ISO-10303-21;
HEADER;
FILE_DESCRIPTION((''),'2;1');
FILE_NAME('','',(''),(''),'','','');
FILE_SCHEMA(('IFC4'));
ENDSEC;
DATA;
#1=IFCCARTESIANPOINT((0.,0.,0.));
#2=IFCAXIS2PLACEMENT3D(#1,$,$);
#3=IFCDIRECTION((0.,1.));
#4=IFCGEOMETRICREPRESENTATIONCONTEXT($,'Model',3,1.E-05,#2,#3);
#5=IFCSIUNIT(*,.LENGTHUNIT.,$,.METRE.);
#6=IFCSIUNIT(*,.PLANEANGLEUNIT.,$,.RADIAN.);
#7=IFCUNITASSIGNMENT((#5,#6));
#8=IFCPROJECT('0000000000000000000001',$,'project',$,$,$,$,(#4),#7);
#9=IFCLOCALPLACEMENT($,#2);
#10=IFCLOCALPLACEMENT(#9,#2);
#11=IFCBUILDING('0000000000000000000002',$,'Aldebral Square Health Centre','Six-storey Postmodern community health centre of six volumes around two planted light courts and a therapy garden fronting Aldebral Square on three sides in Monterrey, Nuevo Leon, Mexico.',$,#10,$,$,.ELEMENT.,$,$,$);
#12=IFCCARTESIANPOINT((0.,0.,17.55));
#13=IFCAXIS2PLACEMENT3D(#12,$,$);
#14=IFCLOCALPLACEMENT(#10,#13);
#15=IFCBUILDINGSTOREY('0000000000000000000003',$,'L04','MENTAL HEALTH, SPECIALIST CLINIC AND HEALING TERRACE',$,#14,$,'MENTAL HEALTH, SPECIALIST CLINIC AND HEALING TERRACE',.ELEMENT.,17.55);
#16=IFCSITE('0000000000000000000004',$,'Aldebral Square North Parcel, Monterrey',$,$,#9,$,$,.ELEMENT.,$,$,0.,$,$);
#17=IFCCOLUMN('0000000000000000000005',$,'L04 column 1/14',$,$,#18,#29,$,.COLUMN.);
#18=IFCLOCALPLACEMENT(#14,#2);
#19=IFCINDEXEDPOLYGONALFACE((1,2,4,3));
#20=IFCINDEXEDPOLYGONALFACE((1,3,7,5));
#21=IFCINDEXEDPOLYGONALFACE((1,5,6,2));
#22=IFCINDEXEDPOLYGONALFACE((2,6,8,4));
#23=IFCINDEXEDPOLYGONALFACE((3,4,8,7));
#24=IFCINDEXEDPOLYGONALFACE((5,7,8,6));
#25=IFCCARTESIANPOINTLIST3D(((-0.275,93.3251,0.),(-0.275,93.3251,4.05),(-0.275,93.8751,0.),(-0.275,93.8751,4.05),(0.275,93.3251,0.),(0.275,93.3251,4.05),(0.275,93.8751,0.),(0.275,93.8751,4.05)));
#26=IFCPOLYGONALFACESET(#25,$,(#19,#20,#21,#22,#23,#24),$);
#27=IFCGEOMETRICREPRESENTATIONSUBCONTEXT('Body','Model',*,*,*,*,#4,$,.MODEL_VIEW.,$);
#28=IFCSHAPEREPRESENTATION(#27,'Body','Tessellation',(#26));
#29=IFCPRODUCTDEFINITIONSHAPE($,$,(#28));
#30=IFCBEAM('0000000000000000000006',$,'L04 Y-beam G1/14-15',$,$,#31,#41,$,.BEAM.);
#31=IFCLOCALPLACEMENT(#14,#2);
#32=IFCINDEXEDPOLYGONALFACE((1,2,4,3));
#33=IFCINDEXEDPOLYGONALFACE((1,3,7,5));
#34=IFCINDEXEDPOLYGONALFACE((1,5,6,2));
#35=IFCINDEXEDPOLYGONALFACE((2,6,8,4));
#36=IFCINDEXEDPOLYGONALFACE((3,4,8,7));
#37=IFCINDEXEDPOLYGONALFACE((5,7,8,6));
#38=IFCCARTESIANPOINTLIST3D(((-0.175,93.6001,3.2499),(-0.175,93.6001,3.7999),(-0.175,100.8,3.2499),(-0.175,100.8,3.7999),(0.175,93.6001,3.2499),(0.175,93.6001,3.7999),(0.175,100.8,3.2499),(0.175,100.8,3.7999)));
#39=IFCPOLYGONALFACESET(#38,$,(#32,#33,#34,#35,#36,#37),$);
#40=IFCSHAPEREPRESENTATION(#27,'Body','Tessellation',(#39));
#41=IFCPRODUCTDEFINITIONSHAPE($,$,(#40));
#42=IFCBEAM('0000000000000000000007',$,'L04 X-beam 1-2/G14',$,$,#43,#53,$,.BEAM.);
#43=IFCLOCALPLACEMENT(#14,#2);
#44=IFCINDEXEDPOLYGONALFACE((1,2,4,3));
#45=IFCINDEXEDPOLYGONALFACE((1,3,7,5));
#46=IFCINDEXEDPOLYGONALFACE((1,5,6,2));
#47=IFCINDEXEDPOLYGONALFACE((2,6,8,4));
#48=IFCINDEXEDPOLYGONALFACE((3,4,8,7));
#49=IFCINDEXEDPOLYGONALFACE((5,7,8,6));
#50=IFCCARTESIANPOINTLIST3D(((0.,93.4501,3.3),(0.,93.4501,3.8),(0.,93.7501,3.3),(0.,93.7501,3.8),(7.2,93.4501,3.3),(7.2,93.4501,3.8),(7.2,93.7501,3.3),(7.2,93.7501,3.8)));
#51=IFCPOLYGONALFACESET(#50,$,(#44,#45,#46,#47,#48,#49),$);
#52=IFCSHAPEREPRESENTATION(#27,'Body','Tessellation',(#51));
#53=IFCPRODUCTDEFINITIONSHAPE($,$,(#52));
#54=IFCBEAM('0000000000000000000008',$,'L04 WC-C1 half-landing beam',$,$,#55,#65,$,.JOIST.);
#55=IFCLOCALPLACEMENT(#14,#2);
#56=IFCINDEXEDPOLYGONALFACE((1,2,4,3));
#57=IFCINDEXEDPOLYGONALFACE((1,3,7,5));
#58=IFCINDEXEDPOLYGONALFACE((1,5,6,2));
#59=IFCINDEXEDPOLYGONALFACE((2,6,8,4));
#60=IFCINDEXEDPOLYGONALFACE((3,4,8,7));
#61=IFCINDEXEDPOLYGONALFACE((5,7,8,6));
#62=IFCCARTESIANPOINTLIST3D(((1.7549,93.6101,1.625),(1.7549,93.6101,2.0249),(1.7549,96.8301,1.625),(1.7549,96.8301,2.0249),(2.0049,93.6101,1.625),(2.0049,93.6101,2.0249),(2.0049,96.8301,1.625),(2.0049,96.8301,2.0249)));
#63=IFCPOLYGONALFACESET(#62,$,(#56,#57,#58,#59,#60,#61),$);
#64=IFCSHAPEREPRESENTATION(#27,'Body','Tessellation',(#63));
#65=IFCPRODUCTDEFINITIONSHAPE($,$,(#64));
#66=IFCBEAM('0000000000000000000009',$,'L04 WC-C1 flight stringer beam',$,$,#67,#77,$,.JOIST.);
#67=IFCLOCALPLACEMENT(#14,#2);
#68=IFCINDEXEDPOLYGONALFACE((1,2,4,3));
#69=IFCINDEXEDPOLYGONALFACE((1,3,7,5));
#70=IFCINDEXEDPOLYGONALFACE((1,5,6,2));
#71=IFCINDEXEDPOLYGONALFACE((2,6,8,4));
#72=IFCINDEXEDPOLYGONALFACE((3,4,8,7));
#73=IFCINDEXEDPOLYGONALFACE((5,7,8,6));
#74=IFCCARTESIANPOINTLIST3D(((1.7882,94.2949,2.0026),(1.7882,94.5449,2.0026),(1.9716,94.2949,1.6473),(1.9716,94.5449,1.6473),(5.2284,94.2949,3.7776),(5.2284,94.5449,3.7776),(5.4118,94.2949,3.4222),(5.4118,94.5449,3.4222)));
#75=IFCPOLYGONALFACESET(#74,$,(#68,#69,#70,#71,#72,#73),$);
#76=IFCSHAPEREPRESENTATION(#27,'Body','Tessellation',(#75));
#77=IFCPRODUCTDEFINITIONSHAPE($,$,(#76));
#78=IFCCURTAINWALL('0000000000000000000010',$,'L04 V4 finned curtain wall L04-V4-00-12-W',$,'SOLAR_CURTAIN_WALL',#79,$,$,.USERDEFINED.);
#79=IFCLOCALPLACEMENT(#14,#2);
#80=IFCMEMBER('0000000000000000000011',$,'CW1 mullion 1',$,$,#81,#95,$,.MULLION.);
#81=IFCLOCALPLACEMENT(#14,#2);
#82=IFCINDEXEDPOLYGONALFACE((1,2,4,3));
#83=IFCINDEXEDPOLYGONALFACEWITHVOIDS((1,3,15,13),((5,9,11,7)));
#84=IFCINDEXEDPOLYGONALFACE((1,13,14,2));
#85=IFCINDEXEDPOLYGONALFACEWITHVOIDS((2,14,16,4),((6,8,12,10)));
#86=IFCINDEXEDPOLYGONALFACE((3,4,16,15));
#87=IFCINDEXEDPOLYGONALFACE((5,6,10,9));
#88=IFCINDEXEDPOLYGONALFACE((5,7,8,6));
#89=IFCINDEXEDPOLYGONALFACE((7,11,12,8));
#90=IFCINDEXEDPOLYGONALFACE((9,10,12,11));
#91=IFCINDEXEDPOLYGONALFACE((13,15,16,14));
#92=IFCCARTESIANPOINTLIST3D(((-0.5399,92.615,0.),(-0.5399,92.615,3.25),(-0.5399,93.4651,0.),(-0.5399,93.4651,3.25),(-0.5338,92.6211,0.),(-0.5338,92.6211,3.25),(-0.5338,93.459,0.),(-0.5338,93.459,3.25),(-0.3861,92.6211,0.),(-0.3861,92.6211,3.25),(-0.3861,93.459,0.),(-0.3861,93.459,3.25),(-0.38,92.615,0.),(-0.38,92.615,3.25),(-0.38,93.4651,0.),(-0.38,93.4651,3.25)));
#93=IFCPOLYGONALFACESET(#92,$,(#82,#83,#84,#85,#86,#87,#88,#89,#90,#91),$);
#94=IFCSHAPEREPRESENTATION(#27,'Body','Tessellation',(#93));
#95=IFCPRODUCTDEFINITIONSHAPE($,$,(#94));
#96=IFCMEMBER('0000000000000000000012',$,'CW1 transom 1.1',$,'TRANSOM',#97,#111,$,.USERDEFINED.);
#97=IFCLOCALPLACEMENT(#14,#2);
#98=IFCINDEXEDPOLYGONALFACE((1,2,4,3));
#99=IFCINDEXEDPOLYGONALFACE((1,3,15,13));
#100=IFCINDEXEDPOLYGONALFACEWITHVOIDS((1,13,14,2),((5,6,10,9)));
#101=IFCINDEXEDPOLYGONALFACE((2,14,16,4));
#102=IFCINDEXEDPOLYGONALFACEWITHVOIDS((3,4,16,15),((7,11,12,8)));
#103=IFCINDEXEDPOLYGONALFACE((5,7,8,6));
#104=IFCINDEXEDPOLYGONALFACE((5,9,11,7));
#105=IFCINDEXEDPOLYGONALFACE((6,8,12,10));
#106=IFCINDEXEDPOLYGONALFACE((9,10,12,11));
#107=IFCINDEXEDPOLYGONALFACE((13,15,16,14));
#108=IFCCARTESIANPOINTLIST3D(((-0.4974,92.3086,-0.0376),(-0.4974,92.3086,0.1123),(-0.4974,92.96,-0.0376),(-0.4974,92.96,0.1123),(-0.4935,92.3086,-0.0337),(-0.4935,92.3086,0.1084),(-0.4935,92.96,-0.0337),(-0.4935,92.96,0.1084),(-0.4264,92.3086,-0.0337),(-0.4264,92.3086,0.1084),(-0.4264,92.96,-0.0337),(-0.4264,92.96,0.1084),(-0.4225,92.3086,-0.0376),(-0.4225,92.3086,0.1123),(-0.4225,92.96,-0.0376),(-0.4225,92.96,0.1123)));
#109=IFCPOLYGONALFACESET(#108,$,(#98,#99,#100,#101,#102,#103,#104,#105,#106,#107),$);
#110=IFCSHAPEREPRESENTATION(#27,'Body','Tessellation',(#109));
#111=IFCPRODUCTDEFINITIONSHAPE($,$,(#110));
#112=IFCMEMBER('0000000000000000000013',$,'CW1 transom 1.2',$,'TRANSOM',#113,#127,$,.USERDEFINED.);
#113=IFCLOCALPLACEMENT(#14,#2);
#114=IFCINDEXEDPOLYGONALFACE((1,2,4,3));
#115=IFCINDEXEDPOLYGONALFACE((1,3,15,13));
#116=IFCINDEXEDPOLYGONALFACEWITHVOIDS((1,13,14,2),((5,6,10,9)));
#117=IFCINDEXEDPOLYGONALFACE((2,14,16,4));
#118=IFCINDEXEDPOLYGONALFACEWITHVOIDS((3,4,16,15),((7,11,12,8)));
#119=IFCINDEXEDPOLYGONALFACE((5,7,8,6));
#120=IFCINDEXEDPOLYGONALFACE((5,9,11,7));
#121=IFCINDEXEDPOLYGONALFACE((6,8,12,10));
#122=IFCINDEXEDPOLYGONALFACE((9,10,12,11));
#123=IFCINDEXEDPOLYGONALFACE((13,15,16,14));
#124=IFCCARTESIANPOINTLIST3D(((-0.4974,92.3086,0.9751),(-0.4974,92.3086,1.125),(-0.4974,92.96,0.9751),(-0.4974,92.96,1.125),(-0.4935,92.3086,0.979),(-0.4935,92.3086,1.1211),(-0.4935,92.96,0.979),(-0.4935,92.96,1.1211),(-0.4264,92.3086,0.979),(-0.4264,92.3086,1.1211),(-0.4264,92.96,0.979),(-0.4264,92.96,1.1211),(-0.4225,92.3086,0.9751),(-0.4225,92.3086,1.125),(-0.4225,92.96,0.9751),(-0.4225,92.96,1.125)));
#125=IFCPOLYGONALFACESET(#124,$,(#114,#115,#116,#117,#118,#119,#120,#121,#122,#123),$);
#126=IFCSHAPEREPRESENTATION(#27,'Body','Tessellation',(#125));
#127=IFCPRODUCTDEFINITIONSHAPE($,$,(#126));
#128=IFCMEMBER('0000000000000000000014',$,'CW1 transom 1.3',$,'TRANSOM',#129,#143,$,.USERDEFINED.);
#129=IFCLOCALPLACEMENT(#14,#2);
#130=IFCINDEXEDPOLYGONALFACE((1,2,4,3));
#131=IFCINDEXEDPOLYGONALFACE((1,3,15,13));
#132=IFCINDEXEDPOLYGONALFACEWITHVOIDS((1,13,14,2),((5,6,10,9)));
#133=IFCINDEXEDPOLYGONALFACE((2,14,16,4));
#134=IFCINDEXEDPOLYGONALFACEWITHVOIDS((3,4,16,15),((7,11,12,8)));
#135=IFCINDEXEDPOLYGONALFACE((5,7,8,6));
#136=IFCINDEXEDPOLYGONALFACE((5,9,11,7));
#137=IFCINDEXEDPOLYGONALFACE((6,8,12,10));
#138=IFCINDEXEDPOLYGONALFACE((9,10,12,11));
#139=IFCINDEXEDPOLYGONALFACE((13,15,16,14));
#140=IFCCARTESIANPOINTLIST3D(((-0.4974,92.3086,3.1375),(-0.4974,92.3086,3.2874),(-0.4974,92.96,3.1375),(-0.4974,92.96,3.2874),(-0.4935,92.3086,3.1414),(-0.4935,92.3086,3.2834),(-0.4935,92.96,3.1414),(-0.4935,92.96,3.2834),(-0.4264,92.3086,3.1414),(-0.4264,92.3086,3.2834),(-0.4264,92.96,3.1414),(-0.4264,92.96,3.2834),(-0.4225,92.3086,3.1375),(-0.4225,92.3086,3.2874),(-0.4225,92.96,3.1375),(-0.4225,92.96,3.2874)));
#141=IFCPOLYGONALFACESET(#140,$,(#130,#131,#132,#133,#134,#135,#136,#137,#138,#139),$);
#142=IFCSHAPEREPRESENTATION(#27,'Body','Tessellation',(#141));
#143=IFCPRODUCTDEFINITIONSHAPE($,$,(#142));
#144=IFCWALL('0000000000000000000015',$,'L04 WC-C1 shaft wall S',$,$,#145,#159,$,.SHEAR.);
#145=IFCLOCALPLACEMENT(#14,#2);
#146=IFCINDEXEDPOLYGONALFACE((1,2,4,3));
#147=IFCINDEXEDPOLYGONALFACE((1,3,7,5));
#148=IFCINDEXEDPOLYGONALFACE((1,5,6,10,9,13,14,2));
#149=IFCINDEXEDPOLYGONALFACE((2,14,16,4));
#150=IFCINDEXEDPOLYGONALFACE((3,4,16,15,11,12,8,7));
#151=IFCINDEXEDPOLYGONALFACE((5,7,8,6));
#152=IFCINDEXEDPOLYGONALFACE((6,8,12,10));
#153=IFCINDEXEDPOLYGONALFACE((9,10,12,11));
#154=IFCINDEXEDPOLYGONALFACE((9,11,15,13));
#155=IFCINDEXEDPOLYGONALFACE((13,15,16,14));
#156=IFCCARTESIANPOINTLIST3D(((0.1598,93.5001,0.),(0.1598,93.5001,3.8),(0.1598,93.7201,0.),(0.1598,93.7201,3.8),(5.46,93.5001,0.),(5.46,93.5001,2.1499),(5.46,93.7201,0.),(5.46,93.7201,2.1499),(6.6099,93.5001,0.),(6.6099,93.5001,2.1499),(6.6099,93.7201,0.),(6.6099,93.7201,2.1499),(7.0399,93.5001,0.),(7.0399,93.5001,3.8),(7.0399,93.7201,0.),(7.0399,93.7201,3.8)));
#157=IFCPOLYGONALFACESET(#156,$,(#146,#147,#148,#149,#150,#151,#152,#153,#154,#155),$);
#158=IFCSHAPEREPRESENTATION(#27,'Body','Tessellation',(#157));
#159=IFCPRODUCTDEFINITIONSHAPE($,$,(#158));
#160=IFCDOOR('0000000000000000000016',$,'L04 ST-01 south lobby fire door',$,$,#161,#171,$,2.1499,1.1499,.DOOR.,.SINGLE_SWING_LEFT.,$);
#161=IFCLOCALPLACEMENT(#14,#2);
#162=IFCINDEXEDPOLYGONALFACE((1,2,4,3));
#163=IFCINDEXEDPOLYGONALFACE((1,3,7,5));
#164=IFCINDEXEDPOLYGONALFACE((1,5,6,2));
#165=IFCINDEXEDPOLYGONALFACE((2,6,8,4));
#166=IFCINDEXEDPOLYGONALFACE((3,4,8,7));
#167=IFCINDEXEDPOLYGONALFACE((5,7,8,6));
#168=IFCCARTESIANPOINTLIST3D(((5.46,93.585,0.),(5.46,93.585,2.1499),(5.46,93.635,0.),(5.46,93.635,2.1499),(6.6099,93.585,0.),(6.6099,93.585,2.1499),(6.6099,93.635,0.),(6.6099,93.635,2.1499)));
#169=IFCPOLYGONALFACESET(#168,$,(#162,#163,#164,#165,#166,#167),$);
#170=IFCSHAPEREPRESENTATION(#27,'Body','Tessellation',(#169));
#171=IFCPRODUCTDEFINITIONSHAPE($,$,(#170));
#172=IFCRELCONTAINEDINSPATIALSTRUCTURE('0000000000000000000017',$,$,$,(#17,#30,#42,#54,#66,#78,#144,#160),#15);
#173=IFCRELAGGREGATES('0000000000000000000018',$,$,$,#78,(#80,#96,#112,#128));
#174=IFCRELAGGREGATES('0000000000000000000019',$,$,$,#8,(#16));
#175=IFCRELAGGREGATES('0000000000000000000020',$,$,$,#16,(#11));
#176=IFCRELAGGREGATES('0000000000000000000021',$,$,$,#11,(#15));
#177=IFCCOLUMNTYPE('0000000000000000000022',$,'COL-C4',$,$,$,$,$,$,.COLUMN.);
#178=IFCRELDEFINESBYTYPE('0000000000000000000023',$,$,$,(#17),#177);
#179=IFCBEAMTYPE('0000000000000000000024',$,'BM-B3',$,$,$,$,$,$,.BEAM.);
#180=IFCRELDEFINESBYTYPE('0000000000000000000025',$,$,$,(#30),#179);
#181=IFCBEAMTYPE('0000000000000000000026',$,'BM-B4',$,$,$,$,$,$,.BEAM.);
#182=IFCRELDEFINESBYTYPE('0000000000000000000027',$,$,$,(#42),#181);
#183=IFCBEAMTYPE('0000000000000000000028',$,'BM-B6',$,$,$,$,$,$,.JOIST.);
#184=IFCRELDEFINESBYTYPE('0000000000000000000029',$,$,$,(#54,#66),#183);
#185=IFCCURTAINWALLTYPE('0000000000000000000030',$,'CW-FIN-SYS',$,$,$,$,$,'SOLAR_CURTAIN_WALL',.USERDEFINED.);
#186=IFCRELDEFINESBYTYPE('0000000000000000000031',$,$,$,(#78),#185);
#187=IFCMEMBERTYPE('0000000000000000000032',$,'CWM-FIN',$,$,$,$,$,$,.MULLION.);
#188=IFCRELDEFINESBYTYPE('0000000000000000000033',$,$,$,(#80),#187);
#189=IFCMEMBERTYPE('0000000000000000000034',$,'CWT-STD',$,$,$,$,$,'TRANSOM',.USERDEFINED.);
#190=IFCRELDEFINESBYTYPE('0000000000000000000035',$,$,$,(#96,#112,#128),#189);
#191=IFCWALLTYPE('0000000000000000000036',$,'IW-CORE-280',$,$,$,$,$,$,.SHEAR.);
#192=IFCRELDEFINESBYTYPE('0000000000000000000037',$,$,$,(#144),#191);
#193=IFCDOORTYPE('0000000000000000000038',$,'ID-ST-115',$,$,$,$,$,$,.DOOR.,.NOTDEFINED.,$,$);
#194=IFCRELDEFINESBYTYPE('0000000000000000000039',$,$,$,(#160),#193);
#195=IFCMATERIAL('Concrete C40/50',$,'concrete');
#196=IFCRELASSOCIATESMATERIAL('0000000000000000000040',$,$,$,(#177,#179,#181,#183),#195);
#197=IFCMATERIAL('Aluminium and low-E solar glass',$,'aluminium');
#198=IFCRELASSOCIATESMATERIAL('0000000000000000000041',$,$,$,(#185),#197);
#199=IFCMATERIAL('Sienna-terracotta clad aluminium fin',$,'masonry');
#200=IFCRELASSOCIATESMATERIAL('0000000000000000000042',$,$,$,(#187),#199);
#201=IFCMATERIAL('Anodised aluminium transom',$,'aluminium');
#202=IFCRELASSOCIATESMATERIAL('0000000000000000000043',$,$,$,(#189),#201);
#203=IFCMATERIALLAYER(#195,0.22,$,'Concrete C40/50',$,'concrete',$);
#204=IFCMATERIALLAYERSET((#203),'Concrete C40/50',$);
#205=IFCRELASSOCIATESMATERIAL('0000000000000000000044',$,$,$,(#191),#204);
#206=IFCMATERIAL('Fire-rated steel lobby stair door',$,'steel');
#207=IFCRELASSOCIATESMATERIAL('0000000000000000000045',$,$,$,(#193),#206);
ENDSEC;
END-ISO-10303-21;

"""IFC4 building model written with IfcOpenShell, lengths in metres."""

from ifc_helpers import new_model, si_unit, direction, frame, frame_2d, origin, origin_2d, place, context, subcontext, project, spatial, rectangle, hollow_rectangle, extrude, material, layer, layer_set, material_profile, profile_set, type_object, element, fill, aggregate, save


model = new_model("IFC4")

# Units and contexts
model_context = context("Model", 3, precision=1e-05, world=origin(), true_north=direction((0.0, 1.0)))
body_context = subcontext(model_context, "Body", "Model", "MODEL_VIEW")
ifc_project = project(units=[si_unit("LENGTHUNIT", "METRE"), si_unit("PLANEANGLEUNIT", "RADIAN")], contexts=[model_context])

# Site, building, storey
site_placement = place(None, origin())
site = spatial("IfcSite", under=ifc_project, at=site_placement, Name="Aldebral Square North Parcel, Monterrey", CompositionType="ELEMENT", RefElevation=0.0)
building_placement = place(site_placement, origin())
building = spatial("IfcBuilding", under=site, at=building_placement, Name="Aldebral Square Health Centre", Description="Six-storey Postmodern community health centre of six volumes around two planted light courts and a therapy garden fronting Aldebral Square on three sides in Monterrey, Nuevo Leon, Mexico.", CompositionType="ELEMENT")
storey_placement = place(building_placement, frame((0.0, 0.0, 17.55)))
storey = spatial("IfcBuildingStorey", under=building, at=storey_placement, Name="L04", Description="MENTAL HEALTH, SPECIALIST CLINIC AND HEALING TERRACE", LongName="MENTAL HEALTH, SPECIALIST CLINIC AND HEALING TERRACE", CompositionType="ELEMENT", Elevation=17.55)

# Column
ifc_material_1 = material(Name="Concrete C40/50", Category="concrete")
ifc_material_profile_1 = material_profile(ifc_material_1, rectangle(XDim=0.55, YDim=0.55, at=origin_2d()), Name="RC 550x550")
ifc_profile_set_1 = profile_set([ifc_material_profile_1], Name="Concrete C40/50")
column_type = type_object("IfcColumnType", Name="COL-C4", PredefinedType="COLUMN", material=ifc_profile_set_1)
column_placement = place(storey_placement, frame((0.0, 93.6001, 0.0), z_axis=(0.0, 0.0, 1.0), x_axis=(1.0, 0.0, 0.0)))
element("IfcColumn", 1, at=column_placement, inside=storey, type_object=column_type, Name="L04 column 1/14", PredefinedType="COLUMN", context=body_context, shape_type="SweptSolid", body=[
    extrude(rectangle(XDim=0.55, YDim=0.55, at=origin_2d()), origin(), (0.0, 0.0, 1.0), 4.05),
])

# Beams
ifc_material_profile_2 = material_profile(ifc_material_1, rectangle(XDim=0.3501, YDim=0.55, at=origin_2d()), Name="RC 350x550")
ifc_profile_set_2 = profile_set([ifc_material_profile_2], Name="Concrete C40/50")
beam_type_1 = type_object("IfcBeamType", Name="BM-B3", PredefinedType="BEAM", material=ifc_profile_set_2)
beam_1_placement = place(storey_placement, frame((0.0, 93.6001, 3.5249), z_axis=(0.0, 1.0, 0.0), x_axis=(-1.0, 0.0, 0.0)))
element("IfcBeam", 2, at=beam_1_placement, inside=storey, type_object=beam_type_1, Name="L04 Y-beam G1/14-15", PredefinedType="BEAM", context=body_context, shape_type="SweptSolid", body=[
    extrude(rectangle(XDim=0.3501, YDim=0.55, at=origin_2d()), origin(), (0.0, 0.0, 1.0), 7.2),
])
ifc_material_profile_3 = material_profile(ifc_material_1, rectangle(XDim=0.3, YDim=0.5, at=origin_2d()), Name="RC 300x500")
ifc_profile_set_3 = profile_set([ifc_material_profile_3], Name="Concrete C40/50")
beam_type_2 = type_object("IfcBeamType", Name="BM-B4", PredefinedType="BEAM", material=ifc_profile_set_3)
beam_2_placement = place(storey_placement, frame((0.0, 93.6001, 3.55), z_axis=(1.0, 0.0, 0.0), x_axis=(0.0, 1.0, 0.0)))
element("IfcBeam", 3, at=beam_2_placement, inside=storey, type_object=beam_type_2, Name="L04 X-beam 1-2/G14", PredefinedType="BEAM", context=body_context, shape_type="SweptSolid", body=[
    extrude(rectangle(XDim=0.3, YDim=0.5, at=origin_2d()), origin(), (0.0, 0.0, 1.0), 7.2),
])
ifc_material_profile_4 = material_profile(ifc_material_1, rectangle(XDim=0.25, YDim=0.3999, at=origin_2d()), Name="RC 250x400")
ifc_profile_set_4 = profile_set([ifc_material_profile_4], Name="Concrete C40/50")
beam_type_3 = type_object("IfcBeamType", Name="BM-B6", PredefinedType="JOIST", material=ifc_profile_set_4)
beam_3_placement = place(storey_placement, frame((1.8799, 93.6101, 1.825), z_axis=(0.0, 1.0, 0.0), x_axis=(-1.0, 0.0, 0.0)))
element("IfcBeam", 4, at=beam_3_placement, inside=storey, type_object=beam_type_3, Name="L04 WC-C1 half-landing beam", PredefinedType="JOIST", context=body_context, shape_type="SweptSolid", body=[
    extrude(rectangle(XDim=0.25, YDim=0.3999, at=origin_2d()), origin(), (0.0, 0.0, 1.0), 3.22),
])
beam_4_placement = place(storey_placement, frame((1.8799, 94.4199, 1.825), z_axis=(0.888692, 0.0, 0.458505), x_axis=(0.0, 1.0, 0.0)))
element("IfcBeam", 5, at=beam_4_placement, inside=storey, type_object=beam_type_3, Name="L04 WC-C1 flight stringer beam", PredefinedType="JOIST", context=body_context, shape_type="SweptSolid", body=[
    extrude(rectangle(XDim=0.25, YDim=0.3999, at=origin_2d()), origin(), (0.0, 0.0, 1.0), 3.8711),
])

# Curtain wall, members
ifc_material_2 = material(Name="Aluminium and low-E solar glass", Category="aluminium")
curtain_wall_type = type_object("IfcCurtainWallType", Name="CW-FIN-SYS", ElementType="SOLAR_CURTAIN_WALL", PredefinedType="USERDEFINED", material=ifc_material_2)
curtain_wall_placement = place(storey_placement, origin())
curtain_wall = element("IfcCurtainWall", 6, at=curtain_wall_placement, inside=storey, type_object=curtain_wall_type, Name="L04 V4 finned curtain wall L04-V4-00-12-W", ObjectType="SOLAR_CURTAIN_WALL", PredefinedType="USERDEFINED")
ifc_material_3 = material(Name="Sienna-terracotta clad aluminium fin", Category="masonry")
ifc_material_profile_5 = material_profile(ifc_material_3, hollow_rectangle(XDim=0.1599, YDim=0.8501, WallThickness=0.0061, at=origin_2d()), Name="FIN 160x850x6")
ifc_profile_set_5 = profile_set([ifc_material_profile_5], Name="Sienna-terracotta clad aluminium fin")
member_type_1 = type_object("IfcMemberType", Name="CWM-FIN", PredefinedType="MULLION", material=ifc_profile_set_5)
member_1_placement = place(storey_placement, frame((-0.46, 93.04, 0.0), z_axis=(0.0, 0.0, 1.0), x_axis=(1.0, 0.0, 0.0)))
member_1 = element("IfcMember", 7, at=member_1_placement, type_object=member_type_1, Name="CW1 mullion 1", PredefinedType="MULLION", context=body_context, shape_type="SweptSolid", body=[
    extrude(hollow_rectangle(XDim=0.1599, YDim=0.8501, WallThickness=0.0061, at=origin_2d()), origin(), (0.0, 0.0, 1.0), 3.25),
])
ifc_material_4 = material(Name="Anodised aluminium transom", Category="aluminium")
ifc_material_profile_6 = material_profile(ifc_material_4, hollow_rectangle(XDim=0.075, YDim=0.1499, WallThickness=0.0039, at=origin_2d()), Name="CWT 75x150x4")
ifc_profile_set_6 = profile_set([ifc_material_profile_6], Name="Anodised aluminium transom")
member_type_2 = type_object("IfcMemberType", Name="CWT-STD", ElementType="TRANSOM", PredefinedType="USERDEFINED", material=ifc_profile_set_6)
member_2_placement = place(storey_placement, frame((-0.46, 92.96, 0.0374), z_axis=(0.0, -1.0, 0.0), x_axis=(1.0, 0.0, 0.0)))
member_2 = element("IfcMember", 8, at=member_2_placement, type_object=member_type_2, Name="CW1 transom 1.1", ObjectType="TRANSOM", PredefinedType="USERDEFINED", context=body_context, shape_type="SweptSolid", body=[
    extrude(hollow_rectangle(XDim=0.075, YDim=0.1499, WallThickness=0.0039, at=origin_2d()), origin(), (0.0, 0.0, 1.0), 0.6514),
])
member_3_placement = place(storey_placement, frame((-0.46, 92.96, 1.05), z_axis=(0.0, -1.0, 0.0), x_axis=(1.0, 0.0, 0.0)))
member_3 = element("IfcMember", 9, at=member_3_placement, type_object=member_type_2, Name="CW1 transom 1.2", ObjectType="TRANSOM", PredefinedType="USERDEFINED", context=body_context, shape_type="SweptSolid", body=[
    extrude(hollow_rectangle(XDim=0.075, YDim=0.1499, WallThickness=0.0039, at=origin_2d()), origin(), (0.0, 0.0, 1.0), 0.6514),
])
member_4_placement = place(storey_placement, frame((-0.46, 92.96, 3.2124), z_axis=(0.0, -1.0, 0.0), x_axis=(1.0, 0.0, 0.0)))
member_4 = element("IfcMember", 10, at=member_4_placement, type_object=member_type_2, Name="CW1 transom 1.3", ObjectType="TRANSOM", PredefinedType="USERDEFINED", context=body_context, shape_type="SweptSolid", body=[
    extrude(hollow_rectangle(XDim=0.075, YDim=0.1499, WallThickness=0.0039, at=origin_2d()), origin(), (0.0, 0.0, 1.0), 0.6514),
])
aggregate(curtain_wall, [member_1, member_2, member_3, member_4])

# Wall, opening, door
ifc_layer_1 = layer(ifc_material_1, 0.22, Name="Concrete C40/50", Category="concrete")
ifc_layer_set_1 = layer_set([ifc_layer_1], Name="Concrete C40/50")
wall_type_1 = type_object("IfcWallType", Name="IW-CORE-280", PredefinedType="SHEAR", material=ifc_layer_set_1)
wall_1_placement = place(storey_placement, frame((0.1599, 93.6101, 0.0), z_axis=(0.0, 0.0, 1.0), x_axis=(1.0, 0.0, 0.0)))
wall_1 = element("IfcWall", 11, at=wall_1_placement, inside=storey, type_object=wall_type_1, Name="L04 WC-C1 shaft wall S", PredefinedType="SHEAR", context=body_context, shape_type="SweptSolid", body=[
    extrude(rectangle(XDim=6.8801, YDim=0.22, at=frame_2d((3.4399, 0.0))), origin(), (0.0, 0.0, 1.0), 3.8),
])
opening_1_placement = place(wall_1_placement, frame((5.3, 0.0, 0.0)))
opening_1 = element("IfcOpeningElement", 12, at=opening_1_placement, cuts=wall_1, PredefinedType="OPENING", context=body_context, shape_type="SweptSolid", body=[
    extrude(rectangle(XDim=1.1499, YDim=2.1499, at=frame_2d((0.575, 1.075))), frame((0.0, 0.1201, 0.0), z_axis=(0.0, -1.0, 0.0), x_axis=(1.0, 0.0, 0.0)), (0.0, 0.0, 1.0), 0.24),
])
ifc_material_5 = material(Name="Fire-rated steel lobby stair door", Category="steel")
door_type_1 = type_object("IfcDoorType", Name="ID-ST-115", OperationType="NOTDEFINED", PredefinedType="DOOR", material=ifc_material_5)
door_1_placement = place(opening_1_placement, origin())
door_1 = element("IfcDoor", 13, at=door_1_placement, inside=storey, type_object=door_type_1, Name="L04 ST-01 south lobby fire door", OperationType="SINGLE_SWING_LEFT", OverallHeight=2.1499, OverallWidth=1.1499, PredefinedType="DOOR", context=body_context, shape_type="SweptSolid", body=[
    extrude(rectangle(XDim=1.1499, YDim=2.1499, at=frame_2d((0.575, 1.075))), frame((0.0, 0.0249, 0.0), z_axis=(0.0, -1.0, 0.0), x_axis=(1.0, 0.0, 0.0)), (0.0, 0.0, 1.0), 0.05),
])
fill(opening_1, door_1)

save(model, "model.ifc")
